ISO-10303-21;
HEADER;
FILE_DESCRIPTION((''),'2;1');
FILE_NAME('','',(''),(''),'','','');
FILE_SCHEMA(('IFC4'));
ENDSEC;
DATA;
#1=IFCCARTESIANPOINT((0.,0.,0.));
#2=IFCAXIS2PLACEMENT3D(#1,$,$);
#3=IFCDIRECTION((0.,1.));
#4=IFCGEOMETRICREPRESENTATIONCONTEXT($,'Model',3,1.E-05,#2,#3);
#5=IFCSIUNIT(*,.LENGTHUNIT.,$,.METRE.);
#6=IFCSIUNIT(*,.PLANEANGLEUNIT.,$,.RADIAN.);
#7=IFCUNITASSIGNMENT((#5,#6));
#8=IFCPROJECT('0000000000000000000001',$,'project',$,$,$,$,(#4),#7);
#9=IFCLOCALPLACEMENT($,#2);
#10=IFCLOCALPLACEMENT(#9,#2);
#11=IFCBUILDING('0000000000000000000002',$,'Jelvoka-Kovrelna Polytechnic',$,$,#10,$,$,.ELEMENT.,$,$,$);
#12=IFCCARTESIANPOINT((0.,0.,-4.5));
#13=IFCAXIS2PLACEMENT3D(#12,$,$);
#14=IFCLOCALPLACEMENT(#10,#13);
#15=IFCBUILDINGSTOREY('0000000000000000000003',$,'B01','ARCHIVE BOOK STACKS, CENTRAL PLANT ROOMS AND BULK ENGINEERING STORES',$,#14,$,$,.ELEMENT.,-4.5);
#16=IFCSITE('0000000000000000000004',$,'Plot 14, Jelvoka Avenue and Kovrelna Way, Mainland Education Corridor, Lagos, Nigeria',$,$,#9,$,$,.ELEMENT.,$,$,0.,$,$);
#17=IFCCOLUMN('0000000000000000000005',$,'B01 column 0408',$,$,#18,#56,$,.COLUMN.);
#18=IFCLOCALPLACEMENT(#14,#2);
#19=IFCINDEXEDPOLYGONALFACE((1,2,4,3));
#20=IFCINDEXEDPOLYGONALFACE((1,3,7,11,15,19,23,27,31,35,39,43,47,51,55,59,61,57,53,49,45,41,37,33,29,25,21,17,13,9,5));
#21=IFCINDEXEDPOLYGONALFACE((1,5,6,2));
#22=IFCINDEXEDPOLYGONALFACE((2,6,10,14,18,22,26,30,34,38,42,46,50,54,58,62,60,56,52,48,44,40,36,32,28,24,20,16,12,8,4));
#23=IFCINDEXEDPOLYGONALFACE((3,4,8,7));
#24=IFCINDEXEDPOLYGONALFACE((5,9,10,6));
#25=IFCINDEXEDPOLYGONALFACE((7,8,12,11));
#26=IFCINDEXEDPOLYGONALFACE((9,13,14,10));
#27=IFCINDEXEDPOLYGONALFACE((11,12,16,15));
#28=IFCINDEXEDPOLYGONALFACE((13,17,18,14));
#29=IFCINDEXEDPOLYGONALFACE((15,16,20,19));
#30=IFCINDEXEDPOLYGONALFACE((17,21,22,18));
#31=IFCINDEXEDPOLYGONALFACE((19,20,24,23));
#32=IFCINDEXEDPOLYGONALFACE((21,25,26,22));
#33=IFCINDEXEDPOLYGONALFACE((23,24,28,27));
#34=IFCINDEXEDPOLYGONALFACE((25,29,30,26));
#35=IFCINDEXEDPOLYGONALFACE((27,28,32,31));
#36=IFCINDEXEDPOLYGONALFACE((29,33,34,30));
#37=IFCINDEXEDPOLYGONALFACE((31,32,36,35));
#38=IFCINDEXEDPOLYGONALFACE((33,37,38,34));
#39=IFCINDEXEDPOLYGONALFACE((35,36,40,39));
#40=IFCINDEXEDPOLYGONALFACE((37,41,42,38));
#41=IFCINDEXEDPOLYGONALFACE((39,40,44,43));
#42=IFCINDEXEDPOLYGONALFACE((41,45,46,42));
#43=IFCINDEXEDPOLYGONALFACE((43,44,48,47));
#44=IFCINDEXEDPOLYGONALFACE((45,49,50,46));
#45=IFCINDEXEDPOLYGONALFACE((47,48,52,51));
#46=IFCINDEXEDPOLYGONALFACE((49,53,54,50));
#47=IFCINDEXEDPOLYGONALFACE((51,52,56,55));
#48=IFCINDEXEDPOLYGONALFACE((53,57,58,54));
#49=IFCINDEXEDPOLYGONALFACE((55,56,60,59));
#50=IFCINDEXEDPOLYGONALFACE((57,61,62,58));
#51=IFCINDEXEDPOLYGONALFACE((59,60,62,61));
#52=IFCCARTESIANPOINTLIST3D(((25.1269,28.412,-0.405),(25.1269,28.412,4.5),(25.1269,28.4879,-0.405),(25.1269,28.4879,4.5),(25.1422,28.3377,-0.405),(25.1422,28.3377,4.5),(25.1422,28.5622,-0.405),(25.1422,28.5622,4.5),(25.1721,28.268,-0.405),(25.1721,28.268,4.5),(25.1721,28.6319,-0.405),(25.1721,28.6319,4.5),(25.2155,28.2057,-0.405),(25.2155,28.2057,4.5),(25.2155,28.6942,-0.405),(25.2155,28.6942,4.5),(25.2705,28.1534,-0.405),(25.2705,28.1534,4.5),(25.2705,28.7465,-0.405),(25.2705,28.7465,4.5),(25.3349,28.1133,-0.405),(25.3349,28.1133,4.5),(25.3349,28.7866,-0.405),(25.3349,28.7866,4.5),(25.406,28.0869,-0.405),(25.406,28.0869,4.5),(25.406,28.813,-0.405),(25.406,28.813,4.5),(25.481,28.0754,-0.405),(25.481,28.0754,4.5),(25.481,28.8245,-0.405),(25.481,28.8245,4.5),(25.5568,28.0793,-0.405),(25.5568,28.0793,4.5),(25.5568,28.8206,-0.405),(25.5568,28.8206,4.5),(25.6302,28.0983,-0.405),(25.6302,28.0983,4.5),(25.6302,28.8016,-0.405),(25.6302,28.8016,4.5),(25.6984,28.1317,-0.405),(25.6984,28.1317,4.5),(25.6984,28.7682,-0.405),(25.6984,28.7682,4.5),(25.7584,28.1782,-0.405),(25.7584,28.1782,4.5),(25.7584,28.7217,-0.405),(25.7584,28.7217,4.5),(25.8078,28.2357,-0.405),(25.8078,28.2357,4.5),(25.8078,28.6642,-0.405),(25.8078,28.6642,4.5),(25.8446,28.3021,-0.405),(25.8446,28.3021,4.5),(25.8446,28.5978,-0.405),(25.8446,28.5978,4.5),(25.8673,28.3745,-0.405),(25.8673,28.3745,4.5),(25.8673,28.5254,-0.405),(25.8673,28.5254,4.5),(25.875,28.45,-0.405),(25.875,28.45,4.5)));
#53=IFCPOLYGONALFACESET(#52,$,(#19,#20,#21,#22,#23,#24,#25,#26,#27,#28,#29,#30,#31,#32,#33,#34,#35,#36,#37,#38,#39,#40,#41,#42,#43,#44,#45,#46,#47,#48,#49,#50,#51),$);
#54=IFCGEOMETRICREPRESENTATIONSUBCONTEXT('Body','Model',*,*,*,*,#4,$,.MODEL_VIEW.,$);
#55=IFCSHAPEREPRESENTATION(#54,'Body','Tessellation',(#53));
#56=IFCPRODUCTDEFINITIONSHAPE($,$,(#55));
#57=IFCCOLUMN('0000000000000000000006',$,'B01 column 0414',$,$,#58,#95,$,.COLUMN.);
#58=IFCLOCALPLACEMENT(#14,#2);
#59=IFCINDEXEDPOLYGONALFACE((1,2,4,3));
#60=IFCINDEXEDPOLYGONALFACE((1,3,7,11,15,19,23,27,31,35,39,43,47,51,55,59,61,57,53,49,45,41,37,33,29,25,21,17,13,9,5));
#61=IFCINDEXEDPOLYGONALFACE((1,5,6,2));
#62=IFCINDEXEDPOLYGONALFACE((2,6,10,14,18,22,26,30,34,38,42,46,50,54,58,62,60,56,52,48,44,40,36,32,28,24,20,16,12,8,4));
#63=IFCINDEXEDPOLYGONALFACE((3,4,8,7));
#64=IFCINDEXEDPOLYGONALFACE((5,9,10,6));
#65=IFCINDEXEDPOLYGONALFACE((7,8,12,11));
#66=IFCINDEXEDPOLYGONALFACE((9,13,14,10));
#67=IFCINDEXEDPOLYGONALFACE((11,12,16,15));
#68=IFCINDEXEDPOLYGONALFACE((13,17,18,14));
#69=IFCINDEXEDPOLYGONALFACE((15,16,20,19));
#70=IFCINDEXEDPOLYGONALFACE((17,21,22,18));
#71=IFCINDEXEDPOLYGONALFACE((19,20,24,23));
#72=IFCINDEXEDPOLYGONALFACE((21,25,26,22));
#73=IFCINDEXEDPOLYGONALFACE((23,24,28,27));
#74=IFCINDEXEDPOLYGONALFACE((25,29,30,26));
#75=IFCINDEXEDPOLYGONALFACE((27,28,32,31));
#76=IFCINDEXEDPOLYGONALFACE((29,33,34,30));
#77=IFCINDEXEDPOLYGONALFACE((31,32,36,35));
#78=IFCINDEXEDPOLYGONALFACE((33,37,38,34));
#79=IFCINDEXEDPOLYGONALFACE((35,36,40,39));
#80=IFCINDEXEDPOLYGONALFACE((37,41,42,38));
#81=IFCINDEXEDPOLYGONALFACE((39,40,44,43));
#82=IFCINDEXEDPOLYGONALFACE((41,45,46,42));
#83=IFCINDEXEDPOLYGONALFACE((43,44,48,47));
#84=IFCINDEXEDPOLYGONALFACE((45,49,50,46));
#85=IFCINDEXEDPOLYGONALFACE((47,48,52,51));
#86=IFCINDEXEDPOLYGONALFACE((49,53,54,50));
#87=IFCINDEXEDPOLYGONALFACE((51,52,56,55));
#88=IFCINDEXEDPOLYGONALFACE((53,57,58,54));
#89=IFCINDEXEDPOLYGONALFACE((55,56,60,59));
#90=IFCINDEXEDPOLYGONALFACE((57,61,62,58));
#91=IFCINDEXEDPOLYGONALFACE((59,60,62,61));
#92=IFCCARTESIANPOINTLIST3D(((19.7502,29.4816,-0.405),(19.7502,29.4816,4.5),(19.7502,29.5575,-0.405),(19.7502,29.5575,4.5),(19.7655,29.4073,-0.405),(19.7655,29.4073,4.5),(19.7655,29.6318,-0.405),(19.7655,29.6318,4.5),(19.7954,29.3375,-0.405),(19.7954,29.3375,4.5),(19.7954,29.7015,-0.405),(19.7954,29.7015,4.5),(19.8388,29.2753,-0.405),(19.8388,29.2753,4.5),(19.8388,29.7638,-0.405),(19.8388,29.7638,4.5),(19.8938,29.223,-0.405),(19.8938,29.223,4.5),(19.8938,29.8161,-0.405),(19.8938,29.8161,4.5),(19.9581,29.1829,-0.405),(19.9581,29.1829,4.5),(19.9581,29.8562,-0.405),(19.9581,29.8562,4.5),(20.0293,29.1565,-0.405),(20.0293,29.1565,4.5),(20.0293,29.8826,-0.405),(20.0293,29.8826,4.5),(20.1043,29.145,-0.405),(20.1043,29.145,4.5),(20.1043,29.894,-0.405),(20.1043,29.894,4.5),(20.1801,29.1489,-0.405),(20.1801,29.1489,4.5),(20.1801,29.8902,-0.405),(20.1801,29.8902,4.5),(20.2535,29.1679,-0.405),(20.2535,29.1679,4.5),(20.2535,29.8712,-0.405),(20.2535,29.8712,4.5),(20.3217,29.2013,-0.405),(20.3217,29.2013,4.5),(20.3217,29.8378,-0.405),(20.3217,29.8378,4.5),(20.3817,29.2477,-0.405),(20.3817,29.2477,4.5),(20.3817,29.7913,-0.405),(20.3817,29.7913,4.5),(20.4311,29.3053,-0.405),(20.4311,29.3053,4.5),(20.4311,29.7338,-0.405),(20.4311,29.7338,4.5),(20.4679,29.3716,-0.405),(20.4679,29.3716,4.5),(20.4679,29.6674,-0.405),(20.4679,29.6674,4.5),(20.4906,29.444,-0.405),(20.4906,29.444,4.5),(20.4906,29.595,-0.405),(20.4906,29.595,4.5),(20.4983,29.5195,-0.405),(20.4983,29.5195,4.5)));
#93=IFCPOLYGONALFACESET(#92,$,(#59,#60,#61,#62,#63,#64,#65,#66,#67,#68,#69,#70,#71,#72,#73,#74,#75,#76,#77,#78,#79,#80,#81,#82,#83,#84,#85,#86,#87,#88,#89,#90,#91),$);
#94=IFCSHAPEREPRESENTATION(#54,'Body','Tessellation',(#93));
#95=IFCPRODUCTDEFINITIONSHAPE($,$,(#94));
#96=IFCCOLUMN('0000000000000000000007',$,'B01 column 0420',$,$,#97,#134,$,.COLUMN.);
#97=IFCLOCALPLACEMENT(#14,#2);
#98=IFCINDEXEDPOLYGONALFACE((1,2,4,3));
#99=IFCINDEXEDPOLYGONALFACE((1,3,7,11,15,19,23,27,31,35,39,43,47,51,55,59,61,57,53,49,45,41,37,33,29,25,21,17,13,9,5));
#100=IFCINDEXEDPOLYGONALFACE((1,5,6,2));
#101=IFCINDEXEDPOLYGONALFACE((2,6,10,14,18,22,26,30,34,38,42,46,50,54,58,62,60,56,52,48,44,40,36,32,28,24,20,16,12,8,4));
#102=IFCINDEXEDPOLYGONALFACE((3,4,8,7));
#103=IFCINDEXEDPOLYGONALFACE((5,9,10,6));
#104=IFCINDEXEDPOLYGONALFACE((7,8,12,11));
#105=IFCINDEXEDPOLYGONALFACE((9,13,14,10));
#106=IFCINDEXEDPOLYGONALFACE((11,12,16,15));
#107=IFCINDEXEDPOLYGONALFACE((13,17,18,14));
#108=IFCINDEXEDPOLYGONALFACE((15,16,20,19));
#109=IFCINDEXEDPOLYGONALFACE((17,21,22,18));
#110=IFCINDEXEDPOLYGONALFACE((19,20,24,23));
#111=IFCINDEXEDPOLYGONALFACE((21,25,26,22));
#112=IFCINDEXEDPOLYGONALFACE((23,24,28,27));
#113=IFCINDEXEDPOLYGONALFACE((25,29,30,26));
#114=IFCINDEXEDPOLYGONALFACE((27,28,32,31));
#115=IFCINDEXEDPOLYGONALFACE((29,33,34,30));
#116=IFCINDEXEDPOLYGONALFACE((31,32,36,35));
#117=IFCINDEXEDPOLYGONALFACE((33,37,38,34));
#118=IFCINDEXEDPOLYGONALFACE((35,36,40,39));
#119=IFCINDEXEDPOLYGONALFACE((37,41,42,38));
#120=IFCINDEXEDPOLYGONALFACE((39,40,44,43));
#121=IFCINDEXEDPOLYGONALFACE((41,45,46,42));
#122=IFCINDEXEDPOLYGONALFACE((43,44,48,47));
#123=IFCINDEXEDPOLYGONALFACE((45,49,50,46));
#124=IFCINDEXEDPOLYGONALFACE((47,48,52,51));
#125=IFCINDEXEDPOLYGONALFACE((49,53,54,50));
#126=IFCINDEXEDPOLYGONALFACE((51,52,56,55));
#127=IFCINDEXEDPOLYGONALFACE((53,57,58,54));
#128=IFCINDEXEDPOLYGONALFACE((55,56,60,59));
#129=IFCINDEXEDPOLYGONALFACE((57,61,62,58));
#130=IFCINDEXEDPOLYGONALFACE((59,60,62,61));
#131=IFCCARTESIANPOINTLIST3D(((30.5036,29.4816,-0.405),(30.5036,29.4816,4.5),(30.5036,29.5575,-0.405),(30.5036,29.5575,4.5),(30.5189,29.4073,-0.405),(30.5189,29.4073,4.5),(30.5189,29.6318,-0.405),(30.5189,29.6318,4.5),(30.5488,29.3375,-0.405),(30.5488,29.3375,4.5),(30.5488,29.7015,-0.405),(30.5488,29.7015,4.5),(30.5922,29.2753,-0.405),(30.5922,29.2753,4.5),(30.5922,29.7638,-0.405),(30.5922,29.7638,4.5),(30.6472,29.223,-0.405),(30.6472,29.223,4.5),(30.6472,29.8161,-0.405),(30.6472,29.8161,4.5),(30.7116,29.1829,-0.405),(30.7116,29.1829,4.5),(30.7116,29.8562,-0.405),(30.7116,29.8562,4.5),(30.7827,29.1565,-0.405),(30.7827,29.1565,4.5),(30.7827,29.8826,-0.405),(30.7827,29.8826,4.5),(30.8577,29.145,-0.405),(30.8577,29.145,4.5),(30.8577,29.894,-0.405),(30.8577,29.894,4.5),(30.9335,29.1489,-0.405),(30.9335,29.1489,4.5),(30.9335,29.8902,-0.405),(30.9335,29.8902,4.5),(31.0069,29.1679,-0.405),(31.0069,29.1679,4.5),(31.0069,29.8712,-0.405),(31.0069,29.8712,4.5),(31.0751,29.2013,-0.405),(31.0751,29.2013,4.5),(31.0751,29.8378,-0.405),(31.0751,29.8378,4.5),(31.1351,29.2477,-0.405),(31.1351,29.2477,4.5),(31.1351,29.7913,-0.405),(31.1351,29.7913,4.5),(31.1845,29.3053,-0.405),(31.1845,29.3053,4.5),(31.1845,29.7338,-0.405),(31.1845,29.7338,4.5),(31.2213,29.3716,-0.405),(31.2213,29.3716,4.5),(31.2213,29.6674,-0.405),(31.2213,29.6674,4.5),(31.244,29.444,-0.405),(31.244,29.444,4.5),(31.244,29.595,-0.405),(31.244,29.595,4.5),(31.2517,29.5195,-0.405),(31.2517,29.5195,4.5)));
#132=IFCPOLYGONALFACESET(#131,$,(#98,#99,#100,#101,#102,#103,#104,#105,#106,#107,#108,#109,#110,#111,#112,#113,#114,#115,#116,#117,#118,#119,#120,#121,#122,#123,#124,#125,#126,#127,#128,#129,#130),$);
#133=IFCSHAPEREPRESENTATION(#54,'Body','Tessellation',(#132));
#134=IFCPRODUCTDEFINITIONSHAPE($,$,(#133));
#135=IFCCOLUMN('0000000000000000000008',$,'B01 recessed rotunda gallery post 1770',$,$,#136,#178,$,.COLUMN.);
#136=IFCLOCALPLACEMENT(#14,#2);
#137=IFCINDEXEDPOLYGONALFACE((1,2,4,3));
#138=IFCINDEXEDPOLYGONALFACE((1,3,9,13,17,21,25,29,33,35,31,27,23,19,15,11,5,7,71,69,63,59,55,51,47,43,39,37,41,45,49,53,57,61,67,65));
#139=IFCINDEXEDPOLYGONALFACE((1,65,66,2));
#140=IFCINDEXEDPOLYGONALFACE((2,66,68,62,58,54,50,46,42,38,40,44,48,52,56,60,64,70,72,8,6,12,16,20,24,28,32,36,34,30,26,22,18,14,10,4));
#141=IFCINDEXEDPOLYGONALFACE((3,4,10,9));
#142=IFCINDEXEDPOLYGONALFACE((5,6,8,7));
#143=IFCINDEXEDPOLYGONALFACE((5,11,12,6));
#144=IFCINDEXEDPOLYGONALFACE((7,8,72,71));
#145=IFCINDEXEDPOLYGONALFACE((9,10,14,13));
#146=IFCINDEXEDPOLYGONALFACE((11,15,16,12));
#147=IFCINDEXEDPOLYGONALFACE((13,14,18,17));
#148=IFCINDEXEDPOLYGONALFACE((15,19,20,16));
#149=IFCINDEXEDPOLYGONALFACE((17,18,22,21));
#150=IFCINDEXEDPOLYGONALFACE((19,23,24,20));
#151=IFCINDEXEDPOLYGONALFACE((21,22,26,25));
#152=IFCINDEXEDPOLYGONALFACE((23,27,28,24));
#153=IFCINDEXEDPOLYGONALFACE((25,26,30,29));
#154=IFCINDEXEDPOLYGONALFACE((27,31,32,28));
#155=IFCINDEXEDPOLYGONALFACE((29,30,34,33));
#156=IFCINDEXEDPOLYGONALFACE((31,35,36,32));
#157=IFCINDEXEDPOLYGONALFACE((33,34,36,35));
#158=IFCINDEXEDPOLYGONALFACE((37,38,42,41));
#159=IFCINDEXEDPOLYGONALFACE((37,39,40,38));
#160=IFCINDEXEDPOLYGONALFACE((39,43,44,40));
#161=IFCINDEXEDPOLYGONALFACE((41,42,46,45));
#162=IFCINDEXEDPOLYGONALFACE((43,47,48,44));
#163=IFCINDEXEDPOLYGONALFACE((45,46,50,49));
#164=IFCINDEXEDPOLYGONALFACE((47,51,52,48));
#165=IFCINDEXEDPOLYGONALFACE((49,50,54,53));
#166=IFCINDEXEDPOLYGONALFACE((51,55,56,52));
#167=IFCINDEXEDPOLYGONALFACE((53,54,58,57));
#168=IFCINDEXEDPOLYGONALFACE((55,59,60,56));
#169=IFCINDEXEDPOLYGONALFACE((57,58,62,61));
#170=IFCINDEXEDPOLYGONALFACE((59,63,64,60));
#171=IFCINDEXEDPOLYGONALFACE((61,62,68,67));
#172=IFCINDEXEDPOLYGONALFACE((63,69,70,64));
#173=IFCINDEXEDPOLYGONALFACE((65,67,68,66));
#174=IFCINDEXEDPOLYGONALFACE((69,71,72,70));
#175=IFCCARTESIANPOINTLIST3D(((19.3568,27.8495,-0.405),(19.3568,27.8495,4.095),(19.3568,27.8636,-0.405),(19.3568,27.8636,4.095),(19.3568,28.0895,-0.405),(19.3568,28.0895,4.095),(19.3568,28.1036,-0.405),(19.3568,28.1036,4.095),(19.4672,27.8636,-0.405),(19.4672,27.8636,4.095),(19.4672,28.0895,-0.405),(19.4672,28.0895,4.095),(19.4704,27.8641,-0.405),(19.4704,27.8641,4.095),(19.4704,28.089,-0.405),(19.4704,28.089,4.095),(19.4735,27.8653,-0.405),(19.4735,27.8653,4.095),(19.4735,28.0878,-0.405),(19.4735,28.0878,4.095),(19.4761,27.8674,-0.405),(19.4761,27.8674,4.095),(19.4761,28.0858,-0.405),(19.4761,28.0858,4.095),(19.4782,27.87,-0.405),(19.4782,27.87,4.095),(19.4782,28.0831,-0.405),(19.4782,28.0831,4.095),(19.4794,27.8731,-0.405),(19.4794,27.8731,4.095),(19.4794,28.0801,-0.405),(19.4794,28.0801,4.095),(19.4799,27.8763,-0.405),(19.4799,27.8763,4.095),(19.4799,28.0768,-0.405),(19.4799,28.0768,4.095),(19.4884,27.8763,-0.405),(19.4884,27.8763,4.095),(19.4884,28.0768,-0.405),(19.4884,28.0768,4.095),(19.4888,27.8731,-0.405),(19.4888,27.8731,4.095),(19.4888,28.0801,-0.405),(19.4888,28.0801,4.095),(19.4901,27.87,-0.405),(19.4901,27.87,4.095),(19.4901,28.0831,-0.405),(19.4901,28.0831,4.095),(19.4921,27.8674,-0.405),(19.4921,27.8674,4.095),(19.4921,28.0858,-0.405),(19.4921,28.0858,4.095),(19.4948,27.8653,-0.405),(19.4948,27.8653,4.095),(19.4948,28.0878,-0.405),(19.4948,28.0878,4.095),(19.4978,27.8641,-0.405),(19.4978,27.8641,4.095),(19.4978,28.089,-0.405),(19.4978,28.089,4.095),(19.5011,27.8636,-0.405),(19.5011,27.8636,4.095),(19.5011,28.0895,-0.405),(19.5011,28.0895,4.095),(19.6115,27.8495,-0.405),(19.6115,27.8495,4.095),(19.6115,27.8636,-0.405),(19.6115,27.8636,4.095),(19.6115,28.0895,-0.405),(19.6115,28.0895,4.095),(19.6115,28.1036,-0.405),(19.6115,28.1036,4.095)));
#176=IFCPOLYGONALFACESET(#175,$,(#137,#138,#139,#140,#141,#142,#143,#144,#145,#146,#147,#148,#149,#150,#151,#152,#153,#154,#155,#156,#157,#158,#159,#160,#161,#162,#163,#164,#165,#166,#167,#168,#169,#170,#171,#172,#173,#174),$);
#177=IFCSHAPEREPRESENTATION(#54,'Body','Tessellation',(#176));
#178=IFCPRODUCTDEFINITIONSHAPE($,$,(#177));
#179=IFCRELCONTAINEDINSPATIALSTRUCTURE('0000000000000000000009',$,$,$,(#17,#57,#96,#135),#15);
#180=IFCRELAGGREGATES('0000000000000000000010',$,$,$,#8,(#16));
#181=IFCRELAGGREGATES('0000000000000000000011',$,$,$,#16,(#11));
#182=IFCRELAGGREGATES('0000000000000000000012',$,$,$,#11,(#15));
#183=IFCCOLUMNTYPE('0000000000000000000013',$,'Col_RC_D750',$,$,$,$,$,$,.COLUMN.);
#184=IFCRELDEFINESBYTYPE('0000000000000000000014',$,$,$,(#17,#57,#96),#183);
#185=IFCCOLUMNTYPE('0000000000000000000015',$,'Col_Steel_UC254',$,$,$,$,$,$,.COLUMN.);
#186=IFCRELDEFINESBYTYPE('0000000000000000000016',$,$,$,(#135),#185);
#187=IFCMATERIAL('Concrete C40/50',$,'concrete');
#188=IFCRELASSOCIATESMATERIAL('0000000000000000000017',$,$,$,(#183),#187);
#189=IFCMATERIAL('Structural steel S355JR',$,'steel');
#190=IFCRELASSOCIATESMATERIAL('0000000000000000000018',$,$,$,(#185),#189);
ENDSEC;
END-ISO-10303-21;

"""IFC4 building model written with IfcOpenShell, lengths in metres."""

from ifc_helpers import new_model, si_unit, direction, frame, origin, origin_2d, place, context, subcontext, project, spatial, circle, i_section, extrude, material, material_profile, profile_set, type_object, element, save


model = new_model("IFC4")

# Units and contexts
model_context = context("Model", 3, precision=1e-05, world=origin(), true_north=direction((0.0, 1.0)))
body_context = subcontext(model_context, "Body", "Model", "MODEL_VIEW")
ifc_project = project(units=[si_unit("LENGTHUNIT", "METRE"), si_unit("PLANEANGLEUNIT", "RADIAN")], contexts=[model_context])

# Site, building, storey
site_placement = place(None, origin())
site = spatial("IfcSite", under=ifc_project, at=site_placement, Name="Plot 14, Jelvoka Avenue and Kovrelna Way, Mainland Education Corridor, Lagos, Nigeria", CompositionType="ELEMENT", RefElevation=0.0)
building_placement = place(site_placement, origin())
building = spatial("IfcBuilding", under=site, at=building_placement, Name="Jelvoka-Kovrelna Polytechnic", CompositionType="ELEMENT")
storey_placement = place(building_placement, frame((0.0, 0.0, -4.5)))
storey = spatial("IfcBuildingStorey", under=building, at=storey_placement, Name="B01", Description="ARCHIVE BOOK STACKS, CENTRAL PLANT ROOMS AND BULK ENGINEERING STORES", CompositionType="ELEMENT", Elevation=-4.5)

# Columns
ifc_material_1 = material(Name="Concrete C40/50", Category="concrete")
ifc_material_profile_1 = material_profile(ifc_material_1, circle(Radius=0.375, at=origin_2d()), Name="RC D750")
ifc_profile_set_1 = profile_set([ifc_material_profile_1], Name="Concrete C40/50")
column_type_1 = type_object("IfcColumnType", Name="Col_RC_D750", PredefinedType="COLUMN", material=ifc_profile_set_1)
for number, where, z_axis, x_axis, name in (
    (1, (25.5, 28.45, -0.405), (0.0, 0.0, 1.0), (1.0, 0.0, 0.0), "B01 column 0408"),
    (2, (20.1233, 29.5195, -0.405), (0.0, 0.0, 1.0), (1.0, 0.0, 0.0), "B01 column 0414"),
    (3, (30.8767, 29.5195, -0.405), (0.0, 0.0, 1.0), (1.0, 0.0, 0.0), "B01 column 0420"),
):
    element("IfcColumn", number, at=place(storey_placement, frame(where, z_axis=z_axis, x_axis=x_axis)), inside=storey, type_object=column_type_1, Name=name, PredefinedType="COLUMN", context=body_context, shape_type="SweptSolid", body=[
        extrude(circle(Radius=0.375, at=origin_2d()), origin(), (0.0, 0.0, 1.0), 4.905),
    ])
ifc_material_2 = material(Name="Structural steel S355JR", Category="steel")
ifc_material_profile_2 = material_profile(ifc_material_2, i_section(OverallWidth=0.2546, OverallDepth=0.2542, WebThickness=0.0085, FlangeThickness=0.0142, FilletRadius=0.0127, at=origin_2d()), Name="254x254x73 UC")
ifc_profile_set_2 = profile_set([ifc_material_profile_2], Name="Structural steel S355JR")
column_type_2 = type_object("IfcColumnType", Name="Col_Steel_UC254", PredefinedType="COLUMN", material=ifc_profile_set_2)
for number, where, z_axis, x_axis, name in (
    (4, (19.4841, 27.9766, -0.405), (0.0, 0.0, 1.0), (1.0, 0.0, 0.0), "B01 recessed rotunda gallery post 1770"),
):
    element("IfcColumn", number, at=place(storey_placement, frame(where, z_axis=z_axis, x_axis=x_axis)), inside=storey, type_object=column_type_2, Name=name, PredefinedType="COLUMN", context=body_context, shape_type="SweptSolid", body=[
        extrude(i_section(OverallWidth=0.2546, OverallDepth=0.2542, WebThickness=0.0085, FlangeThickness=0.0142, FilletRadius=0.0127, at=origin_2d()), origin(), (0.0, 0.0, 1.0), 4.5),
    ])

save(model, "model.ifc")
